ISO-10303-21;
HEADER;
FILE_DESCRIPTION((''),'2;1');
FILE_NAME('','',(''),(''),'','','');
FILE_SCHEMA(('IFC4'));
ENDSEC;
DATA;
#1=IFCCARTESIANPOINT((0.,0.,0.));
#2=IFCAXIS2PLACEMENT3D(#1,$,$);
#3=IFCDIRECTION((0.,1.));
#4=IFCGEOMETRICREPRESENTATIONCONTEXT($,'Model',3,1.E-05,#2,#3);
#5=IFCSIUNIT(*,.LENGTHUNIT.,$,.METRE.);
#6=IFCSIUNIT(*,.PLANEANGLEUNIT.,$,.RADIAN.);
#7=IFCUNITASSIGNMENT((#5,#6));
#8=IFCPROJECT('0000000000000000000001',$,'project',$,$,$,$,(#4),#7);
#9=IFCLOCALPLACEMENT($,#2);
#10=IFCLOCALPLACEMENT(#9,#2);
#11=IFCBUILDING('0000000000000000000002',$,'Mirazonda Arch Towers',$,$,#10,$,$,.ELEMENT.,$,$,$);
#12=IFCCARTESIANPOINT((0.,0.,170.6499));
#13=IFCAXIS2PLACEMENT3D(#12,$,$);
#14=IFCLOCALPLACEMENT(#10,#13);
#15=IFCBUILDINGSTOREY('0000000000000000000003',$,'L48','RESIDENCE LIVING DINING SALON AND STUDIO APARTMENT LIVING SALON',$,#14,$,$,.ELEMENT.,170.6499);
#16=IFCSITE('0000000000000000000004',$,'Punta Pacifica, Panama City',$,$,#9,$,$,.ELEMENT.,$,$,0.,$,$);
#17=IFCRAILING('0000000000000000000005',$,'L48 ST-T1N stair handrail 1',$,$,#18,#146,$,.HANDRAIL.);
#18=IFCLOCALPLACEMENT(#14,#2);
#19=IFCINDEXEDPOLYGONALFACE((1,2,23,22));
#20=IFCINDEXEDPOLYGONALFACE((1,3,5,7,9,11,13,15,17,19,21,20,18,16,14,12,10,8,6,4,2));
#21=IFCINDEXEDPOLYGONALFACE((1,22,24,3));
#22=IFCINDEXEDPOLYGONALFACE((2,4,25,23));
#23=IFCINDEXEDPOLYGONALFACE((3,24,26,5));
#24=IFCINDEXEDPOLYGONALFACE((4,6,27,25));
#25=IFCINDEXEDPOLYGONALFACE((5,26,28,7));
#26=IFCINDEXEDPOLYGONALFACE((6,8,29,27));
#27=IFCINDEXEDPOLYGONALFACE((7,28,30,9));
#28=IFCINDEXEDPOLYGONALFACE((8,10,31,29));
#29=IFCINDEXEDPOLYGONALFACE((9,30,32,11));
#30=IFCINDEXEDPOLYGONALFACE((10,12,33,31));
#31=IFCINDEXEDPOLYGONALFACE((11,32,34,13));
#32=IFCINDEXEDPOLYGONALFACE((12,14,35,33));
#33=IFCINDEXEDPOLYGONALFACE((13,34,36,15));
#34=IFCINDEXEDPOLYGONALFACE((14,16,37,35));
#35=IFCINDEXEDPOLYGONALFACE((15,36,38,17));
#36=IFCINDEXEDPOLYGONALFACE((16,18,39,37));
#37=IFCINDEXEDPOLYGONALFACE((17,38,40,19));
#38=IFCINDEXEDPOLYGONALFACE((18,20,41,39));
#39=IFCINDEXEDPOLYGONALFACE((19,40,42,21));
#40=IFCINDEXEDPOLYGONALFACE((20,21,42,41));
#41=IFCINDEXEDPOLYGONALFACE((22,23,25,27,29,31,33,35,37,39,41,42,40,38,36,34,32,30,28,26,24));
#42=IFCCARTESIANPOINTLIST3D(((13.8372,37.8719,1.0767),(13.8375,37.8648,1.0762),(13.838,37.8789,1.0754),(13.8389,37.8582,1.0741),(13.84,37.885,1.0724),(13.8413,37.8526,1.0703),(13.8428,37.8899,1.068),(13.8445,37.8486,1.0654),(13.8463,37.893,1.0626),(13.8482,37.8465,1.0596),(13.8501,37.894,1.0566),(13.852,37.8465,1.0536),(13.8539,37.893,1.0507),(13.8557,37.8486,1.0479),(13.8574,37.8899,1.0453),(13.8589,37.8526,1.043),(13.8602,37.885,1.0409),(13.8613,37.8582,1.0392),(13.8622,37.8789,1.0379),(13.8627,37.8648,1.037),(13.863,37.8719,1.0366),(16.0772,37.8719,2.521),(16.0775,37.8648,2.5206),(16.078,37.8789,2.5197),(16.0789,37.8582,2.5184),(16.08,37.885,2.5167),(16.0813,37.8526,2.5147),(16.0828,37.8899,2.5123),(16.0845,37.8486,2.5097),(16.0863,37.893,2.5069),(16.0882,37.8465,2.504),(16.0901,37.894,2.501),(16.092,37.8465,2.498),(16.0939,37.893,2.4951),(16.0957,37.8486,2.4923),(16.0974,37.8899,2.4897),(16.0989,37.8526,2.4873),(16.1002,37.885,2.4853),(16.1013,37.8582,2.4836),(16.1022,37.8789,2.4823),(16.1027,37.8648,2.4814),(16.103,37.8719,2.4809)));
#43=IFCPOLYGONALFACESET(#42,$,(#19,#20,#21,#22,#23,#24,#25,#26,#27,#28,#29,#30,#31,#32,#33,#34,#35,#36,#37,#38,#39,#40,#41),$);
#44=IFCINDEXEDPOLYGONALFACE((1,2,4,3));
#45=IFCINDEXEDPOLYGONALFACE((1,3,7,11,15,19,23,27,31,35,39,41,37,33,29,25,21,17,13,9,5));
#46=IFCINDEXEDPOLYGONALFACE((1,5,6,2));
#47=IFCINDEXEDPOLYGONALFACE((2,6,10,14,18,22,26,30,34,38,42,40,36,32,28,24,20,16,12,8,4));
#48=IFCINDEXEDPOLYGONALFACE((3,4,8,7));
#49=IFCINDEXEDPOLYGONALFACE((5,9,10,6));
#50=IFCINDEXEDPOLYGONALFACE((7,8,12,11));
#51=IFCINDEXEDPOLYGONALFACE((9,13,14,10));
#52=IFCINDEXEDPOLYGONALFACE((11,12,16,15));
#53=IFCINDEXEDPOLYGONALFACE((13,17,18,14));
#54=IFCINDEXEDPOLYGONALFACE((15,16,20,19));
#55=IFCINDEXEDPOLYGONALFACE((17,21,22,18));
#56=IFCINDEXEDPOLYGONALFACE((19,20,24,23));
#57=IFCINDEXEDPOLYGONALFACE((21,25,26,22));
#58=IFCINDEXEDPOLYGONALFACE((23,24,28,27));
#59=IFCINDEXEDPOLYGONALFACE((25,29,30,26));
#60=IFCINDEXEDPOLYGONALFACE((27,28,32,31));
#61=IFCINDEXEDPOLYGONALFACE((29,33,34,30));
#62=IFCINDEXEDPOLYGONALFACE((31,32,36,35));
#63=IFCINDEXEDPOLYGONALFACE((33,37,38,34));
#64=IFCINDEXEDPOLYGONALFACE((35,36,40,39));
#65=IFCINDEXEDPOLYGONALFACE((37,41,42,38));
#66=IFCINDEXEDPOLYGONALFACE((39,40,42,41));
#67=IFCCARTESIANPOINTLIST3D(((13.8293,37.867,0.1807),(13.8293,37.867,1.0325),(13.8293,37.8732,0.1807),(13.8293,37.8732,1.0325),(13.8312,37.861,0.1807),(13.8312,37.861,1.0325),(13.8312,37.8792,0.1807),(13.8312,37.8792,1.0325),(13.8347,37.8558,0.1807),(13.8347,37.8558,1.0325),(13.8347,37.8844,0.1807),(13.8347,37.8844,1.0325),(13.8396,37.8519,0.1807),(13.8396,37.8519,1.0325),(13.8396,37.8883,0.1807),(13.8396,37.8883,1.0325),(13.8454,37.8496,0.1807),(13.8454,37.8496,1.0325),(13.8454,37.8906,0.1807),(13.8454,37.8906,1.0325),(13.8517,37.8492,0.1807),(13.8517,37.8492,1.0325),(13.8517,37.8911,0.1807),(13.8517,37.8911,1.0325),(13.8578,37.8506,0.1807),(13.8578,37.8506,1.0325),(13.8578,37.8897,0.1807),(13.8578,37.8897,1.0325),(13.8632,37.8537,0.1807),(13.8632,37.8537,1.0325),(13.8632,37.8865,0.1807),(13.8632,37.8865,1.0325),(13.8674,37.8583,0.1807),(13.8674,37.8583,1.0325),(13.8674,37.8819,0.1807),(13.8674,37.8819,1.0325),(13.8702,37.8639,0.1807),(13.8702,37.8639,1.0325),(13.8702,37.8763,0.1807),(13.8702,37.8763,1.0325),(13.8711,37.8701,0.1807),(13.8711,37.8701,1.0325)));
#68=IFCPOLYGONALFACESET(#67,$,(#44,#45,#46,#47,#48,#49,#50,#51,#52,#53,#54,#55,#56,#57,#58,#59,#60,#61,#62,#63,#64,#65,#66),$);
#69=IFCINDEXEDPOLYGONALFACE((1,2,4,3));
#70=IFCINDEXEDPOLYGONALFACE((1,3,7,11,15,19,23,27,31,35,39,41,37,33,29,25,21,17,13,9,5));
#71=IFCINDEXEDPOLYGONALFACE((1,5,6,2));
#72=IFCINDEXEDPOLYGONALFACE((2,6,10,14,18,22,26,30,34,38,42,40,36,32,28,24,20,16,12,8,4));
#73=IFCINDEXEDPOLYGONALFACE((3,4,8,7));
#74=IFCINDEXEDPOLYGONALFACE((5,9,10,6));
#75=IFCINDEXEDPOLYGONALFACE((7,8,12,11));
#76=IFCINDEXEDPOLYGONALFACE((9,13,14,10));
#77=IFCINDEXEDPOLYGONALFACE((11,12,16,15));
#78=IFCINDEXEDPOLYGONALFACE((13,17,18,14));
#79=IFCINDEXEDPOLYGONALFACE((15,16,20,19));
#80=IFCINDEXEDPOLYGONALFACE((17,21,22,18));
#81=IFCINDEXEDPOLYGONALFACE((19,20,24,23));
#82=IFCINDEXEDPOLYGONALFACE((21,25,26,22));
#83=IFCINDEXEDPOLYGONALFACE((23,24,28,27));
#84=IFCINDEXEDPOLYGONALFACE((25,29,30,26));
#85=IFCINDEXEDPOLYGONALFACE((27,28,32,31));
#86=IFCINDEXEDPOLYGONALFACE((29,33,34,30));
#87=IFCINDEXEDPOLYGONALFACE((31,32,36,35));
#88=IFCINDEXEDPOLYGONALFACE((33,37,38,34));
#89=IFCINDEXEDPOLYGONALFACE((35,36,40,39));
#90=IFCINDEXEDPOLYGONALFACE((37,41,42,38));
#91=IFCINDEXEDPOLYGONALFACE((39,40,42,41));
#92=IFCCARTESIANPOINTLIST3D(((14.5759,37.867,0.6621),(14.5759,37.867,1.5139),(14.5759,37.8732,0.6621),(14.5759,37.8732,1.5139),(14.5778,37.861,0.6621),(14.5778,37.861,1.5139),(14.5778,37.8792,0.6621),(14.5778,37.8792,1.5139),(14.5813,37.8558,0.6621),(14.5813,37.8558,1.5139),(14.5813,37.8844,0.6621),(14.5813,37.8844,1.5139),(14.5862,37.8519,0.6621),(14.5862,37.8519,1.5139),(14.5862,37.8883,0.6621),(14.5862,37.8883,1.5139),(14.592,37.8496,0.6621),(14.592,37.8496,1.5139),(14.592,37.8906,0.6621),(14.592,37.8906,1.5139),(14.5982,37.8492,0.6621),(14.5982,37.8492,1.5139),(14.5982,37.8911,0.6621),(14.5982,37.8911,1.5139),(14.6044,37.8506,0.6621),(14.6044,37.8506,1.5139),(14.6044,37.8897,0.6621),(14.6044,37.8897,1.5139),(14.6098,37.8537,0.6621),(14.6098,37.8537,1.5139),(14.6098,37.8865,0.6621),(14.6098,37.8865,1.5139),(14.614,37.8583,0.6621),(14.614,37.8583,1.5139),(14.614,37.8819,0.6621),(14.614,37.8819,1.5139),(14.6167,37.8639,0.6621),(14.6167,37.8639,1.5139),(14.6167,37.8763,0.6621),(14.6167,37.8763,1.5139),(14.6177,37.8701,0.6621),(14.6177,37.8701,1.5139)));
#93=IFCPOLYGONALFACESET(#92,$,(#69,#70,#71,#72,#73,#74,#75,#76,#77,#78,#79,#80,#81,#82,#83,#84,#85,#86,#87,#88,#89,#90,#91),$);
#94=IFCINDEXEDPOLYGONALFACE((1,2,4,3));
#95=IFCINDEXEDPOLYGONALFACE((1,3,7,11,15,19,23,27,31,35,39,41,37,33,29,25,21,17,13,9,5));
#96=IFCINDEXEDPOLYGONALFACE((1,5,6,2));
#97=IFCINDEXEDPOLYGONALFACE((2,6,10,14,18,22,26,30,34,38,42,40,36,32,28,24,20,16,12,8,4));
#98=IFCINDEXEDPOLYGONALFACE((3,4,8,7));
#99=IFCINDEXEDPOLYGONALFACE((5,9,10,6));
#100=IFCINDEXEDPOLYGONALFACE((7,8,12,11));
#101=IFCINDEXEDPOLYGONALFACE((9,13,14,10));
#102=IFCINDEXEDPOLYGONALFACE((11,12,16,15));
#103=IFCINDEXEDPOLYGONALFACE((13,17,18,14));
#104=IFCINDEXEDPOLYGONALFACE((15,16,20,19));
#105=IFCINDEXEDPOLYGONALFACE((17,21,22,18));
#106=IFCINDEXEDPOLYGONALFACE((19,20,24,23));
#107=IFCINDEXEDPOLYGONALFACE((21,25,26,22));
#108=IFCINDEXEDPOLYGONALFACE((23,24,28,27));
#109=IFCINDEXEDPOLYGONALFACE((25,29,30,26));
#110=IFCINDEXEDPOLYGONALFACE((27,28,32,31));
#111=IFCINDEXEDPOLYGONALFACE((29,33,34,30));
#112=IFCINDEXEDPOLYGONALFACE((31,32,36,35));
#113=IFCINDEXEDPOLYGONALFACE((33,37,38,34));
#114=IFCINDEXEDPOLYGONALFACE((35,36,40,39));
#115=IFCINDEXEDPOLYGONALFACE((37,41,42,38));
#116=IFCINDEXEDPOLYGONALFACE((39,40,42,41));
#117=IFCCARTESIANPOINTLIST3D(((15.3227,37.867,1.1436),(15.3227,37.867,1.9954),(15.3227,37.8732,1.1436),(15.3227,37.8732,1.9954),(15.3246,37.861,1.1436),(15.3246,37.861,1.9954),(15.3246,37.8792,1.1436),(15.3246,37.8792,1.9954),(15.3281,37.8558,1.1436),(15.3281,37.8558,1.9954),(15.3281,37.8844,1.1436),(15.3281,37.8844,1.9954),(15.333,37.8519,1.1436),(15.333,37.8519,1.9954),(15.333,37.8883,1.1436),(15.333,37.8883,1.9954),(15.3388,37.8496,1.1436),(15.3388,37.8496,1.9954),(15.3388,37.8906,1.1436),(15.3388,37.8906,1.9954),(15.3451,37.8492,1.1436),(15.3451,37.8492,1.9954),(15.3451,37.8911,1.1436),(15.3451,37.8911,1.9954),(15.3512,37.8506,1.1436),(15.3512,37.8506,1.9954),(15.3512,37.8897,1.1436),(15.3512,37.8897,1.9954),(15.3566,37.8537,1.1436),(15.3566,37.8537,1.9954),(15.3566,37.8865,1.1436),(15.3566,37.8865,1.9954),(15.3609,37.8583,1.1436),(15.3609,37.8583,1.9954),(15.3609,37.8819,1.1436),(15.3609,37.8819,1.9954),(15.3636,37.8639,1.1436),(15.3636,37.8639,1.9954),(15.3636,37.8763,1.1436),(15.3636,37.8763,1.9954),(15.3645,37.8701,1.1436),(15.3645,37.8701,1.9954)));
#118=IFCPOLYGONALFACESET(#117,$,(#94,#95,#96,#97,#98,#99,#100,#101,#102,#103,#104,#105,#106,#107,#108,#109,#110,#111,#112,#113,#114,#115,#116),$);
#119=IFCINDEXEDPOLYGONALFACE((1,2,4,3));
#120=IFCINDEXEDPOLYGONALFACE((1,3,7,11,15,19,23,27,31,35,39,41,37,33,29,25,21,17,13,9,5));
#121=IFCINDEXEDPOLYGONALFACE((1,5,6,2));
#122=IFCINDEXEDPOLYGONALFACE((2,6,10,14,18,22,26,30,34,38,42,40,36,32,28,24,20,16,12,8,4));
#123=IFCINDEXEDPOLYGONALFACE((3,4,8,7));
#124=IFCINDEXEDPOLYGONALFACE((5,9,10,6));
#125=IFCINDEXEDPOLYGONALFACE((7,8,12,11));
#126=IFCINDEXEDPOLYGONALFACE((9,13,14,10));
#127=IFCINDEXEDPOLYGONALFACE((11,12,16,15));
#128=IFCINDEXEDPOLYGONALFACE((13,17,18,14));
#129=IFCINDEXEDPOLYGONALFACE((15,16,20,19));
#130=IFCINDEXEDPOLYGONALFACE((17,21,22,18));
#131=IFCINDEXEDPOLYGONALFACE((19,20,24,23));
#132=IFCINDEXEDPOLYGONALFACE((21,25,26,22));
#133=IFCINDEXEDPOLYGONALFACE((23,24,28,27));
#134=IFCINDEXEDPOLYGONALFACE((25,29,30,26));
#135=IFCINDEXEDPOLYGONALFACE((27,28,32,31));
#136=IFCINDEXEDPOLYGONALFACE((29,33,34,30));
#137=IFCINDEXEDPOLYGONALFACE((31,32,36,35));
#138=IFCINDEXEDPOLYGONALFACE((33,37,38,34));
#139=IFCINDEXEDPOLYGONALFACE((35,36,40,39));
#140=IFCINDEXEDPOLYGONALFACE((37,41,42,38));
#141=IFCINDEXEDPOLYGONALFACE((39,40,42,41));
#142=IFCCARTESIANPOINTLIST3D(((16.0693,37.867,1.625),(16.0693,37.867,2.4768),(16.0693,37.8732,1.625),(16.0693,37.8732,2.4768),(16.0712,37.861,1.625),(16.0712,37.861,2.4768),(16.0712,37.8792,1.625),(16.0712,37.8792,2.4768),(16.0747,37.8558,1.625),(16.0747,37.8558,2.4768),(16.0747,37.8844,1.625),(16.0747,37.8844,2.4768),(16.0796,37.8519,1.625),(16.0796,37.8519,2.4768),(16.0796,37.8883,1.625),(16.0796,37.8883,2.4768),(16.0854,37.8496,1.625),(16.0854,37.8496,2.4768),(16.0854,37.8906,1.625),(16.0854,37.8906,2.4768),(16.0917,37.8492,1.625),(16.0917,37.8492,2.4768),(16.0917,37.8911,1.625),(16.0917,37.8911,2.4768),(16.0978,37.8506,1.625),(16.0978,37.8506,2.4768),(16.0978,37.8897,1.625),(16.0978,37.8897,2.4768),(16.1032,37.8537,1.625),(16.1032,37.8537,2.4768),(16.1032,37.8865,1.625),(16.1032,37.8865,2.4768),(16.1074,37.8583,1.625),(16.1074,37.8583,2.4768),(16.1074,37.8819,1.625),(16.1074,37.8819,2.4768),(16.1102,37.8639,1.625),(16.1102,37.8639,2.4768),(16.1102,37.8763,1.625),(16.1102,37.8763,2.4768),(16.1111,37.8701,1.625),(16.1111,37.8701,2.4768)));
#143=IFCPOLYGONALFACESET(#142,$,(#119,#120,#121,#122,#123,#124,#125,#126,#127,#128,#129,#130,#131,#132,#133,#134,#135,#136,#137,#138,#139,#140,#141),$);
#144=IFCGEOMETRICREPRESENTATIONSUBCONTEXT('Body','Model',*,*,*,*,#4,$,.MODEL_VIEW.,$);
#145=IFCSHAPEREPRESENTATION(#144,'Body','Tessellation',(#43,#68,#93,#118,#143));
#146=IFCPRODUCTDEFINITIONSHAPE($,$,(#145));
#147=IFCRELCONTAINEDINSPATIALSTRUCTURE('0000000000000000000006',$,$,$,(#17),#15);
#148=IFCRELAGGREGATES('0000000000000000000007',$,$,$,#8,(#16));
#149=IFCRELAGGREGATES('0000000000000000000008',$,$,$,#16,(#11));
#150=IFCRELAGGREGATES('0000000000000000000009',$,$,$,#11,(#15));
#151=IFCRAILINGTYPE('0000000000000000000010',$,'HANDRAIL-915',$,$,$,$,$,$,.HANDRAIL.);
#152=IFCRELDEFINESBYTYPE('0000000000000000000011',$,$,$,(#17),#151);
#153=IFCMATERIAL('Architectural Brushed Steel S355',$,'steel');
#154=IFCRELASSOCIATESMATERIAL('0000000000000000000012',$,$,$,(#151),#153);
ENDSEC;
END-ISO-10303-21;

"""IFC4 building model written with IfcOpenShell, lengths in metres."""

from ifc_helpers import new_model, si_unit, direction, frame, origin, origin_2d, place, context, subcontext, project, spatial, circle, extrude, material, type_object, element, save


model = new_model("IFC4")

# Units and contexts
model_context = context("Model", 3, precision=1e-05, world=origin(), true_north=direction((0.0, 1.0)))
body_context = subcontext(model_context, "Body", "Model", "MODEL_VIEW")
ifc_project = project(units=[si_unit("LENGTHUNIT", "METRE"), si_unit("PLANEANGLEUNIT", "RADIAN")], contexts=[model_context])

# Site, building, storey
site_placement = place(None, origin())
site = spatial("IfcSite", under=ifc_project, at=site_placement, Name="Punta Pacifica, Panama City", CompositionType="ELEMENT", RefElevation=0.0)
building_placement = place(site_placement, origin())
building = spatial("IfcBuilding", under=site, at=building_placement, Name="Mirazonda Arch Towers", CompositionType="ELEMENT")
storey_placement = place(building_placement, frame((0.0, 0.0, 170.6499)))
storey = spatial("IfcBuildingStorey", under=building, at=storey_placement, Name="L48", Description="RESIDENCE LIVING DINING SALON AND STUDIO APARTMENT LIVING SALON", CompositionType="ELEMENT", Elevation=170.6499)

# Shared definitions
ifc_material_1 = material(Name="Architectural Brushed Steel S355", Category="steel")

# Railing
railing_type_1 = type_object("IfcRailingType", Name="HANDRAIL-915", PredefinedType="HANDRAIL", material=ifc_material_1)
railing_1_placement = place(storey_placement, frame((13.8501, 37.8701, 0.1807)))
element("IfcRailing", 1, at=railing_1_placement, inside=storey, type_object=railing_type_1, Name="L48 ST-T1N stair handrail 1", PredefinedType="HANDRAIL", context=body_context, shape_type="SweptSolid", body=[
    extrude(circle(Radius=0.0239, at=origin_2d()), frame((0.0, 0.0, 0.876), z_axis=(0.840437, 0.0, 0.54191), x_axis=(0.0, 1.0, 0.0)), (0.0, 0.0, 1.0), 2.6653),
    extrude(circle(Radius=0.021, at=origin_2d()), origin(), (0.0, 0.0, 1.0), 0.8518),
    extrude(circle(Radius=0.021, at=origin_2d()), frame((0.7466, 0.0, 0.4814)), (0.0, 0.0, 1.0), 0.8518),
    extrude(circle(Radius=0.021, at=origin_2d()), frame((1.4934, 0.0, 0.9629)), (0.0, 0.0, 1.0), 0.8518),
    extrude(circle(Radius=0.021, at=origin_2d()), frame((2.24, 0.0, 1.4443)), (0.0, 0.0, 1.0), 0.8518),
])

save(model, "model.ifc")
